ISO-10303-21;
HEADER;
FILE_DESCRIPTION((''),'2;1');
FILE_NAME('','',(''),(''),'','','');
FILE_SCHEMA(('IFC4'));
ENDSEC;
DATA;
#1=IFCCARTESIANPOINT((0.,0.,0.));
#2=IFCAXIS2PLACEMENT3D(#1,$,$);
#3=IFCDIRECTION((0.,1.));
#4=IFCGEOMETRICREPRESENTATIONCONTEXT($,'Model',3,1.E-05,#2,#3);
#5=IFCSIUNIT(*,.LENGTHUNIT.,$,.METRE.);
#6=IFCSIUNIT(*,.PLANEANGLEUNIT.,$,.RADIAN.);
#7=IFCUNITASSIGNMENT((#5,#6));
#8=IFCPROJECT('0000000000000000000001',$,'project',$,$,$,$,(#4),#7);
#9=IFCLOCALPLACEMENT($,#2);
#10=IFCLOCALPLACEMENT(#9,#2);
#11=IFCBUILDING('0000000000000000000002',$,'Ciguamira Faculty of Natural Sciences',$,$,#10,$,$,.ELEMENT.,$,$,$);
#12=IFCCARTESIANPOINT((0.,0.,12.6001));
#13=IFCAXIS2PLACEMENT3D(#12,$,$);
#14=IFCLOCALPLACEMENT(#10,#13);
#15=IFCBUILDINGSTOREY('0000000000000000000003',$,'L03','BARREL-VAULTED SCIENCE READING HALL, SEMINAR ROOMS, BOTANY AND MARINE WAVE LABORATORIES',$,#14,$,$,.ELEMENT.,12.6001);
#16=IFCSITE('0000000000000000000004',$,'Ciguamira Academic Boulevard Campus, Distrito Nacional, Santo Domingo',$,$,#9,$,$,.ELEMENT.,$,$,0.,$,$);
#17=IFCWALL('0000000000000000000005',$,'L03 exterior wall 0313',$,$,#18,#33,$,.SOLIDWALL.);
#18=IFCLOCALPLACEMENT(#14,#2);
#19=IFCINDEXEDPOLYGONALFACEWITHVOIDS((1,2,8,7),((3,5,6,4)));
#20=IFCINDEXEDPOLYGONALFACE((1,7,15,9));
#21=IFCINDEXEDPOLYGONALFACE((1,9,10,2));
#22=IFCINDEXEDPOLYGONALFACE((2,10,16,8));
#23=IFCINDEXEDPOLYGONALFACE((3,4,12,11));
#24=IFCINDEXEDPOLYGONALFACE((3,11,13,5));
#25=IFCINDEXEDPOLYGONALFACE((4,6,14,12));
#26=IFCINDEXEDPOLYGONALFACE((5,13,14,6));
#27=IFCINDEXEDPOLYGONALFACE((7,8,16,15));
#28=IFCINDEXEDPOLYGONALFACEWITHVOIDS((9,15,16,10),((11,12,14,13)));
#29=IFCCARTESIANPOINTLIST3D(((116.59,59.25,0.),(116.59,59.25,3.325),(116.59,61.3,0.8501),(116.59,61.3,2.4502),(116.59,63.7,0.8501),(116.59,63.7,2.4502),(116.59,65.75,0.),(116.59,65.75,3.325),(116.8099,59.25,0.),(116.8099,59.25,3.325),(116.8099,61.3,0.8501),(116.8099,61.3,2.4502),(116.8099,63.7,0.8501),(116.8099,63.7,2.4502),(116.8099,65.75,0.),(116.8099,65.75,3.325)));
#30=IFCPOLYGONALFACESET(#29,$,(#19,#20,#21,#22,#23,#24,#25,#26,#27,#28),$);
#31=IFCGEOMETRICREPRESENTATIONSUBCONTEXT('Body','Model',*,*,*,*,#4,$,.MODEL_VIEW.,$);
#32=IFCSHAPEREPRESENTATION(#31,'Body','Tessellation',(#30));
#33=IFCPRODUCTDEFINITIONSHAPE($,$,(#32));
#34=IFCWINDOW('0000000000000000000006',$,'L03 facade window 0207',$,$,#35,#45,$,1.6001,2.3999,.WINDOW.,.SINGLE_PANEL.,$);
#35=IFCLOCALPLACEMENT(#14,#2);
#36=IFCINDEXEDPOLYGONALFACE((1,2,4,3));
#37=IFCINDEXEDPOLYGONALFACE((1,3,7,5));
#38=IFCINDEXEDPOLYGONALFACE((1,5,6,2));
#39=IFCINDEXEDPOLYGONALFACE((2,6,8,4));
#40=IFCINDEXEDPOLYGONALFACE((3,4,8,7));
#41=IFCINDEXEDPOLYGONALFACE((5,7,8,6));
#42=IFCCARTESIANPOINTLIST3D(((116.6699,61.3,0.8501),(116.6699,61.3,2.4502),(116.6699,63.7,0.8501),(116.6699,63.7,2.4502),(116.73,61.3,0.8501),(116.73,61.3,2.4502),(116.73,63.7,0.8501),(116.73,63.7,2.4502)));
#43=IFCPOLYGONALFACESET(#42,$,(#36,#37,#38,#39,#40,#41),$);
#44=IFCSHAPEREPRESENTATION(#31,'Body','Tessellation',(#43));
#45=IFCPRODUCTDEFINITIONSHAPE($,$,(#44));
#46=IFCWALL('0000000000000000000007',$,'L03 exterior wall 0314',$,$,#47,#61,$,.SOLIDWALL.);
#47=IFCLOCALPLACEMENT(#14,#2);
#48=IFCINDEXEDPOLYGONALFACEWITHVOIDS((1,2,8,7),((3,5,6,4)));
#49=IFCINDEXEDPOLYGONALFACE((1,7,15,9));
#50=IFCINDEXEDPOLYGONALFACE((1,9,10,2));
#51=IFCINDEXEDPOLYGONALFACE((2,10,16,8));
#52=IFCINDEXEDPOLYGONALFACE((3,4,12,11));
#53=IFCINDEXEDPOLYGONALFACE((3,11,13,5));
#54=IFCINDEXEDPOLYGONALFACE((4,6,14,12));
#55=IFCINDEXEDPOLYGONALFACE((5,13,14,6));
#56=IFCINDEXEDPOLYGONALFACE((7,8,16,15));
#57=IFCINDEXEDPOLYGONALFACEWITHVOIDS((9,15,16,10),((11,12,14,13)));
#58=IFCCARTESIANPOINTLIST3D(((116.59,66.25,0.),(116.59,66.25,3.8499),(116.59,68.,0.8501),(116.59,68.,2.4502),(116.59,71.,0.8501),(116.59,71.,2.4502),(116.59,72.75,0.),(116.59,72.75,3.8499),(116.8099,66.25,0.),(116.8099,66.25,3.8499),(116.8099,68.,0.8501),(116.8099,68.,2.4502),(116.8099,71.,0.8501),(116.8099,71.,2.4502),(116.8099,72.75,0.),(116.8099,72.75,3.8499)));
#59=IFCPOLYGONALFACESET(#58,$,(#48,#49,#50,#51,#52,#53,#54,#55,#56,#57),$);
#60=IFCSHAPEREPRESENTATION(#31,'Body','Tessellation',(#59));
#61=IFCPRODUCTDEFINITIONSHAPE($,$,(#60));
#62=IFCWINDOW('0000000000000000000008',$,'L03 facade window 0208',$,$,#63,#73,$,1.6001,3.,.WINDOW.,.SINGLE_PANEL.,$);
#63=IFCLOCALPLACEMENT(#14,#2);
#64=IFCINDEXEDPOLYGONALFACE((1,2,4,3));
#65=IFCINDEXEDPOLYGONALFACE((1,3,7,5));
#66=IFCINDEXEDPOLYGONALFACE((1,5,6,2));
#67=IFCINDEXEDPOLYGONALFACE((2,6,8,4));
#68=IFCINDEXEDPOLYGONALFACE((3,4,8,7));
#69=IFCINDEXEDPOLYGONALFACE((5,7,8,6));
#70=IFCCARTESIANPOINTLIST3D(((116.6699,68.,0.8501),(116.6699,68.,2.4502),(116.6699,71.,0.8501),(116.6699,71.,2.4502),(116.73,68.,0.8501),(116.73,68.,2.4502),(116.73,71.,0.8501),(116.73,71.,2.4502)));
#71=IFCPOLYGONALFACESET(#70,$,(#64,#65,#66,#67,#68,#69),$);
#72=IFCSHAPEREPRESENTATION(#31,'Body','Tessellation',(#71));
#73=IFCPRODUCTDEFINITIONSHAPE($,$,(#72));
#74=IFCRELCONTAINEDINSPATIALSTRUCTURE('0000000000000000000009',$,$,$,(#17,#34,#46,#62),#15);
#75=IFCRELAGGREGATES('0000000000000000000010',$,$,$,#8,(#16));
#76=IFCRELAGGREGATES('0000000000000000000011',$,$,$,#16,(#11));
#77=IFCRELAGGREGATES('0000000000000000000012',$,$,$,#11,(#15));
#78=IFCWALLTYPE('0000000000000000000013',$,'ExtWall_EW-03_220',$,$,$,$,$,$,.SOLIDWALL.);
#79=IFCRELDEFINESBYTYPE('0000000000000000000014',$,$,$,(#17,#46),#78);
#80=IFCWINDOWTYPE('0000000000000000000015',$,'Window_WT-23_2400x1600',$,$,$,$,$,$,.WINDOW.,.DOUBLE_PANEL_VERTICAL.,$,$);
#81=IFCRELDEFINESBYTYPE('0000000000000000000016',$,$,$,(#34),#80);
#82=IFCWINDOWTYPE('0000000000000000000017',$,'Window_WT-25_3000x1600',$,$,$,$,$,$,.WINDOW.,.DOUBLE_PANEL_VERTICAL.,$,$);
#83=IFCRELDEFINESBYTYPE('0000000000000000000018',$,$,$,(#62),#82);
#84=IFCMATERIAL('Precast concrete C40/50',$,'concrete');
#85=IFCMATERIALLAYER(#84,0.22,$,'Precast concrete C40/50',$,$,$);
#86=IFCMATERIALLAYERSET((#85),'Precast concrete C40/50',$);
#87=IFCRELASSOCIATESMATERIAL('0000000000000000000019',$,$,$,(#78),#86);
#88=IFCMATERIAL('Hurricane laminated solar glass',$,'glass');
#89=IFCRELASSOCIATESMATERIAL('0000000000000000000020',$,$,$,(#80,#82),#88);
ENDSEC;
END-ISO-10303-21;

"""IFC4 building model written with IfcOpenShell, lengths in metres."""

from ifc_helpers import new_model, si_unit, direction, frame, frame_2d, origin, place, context, subcontext, project, spatial, rectangle, extrude, material, layer, layer_set, type_object, element, fill, save


model = new_model("IFC4")

# Units and contexts
model_context = context("Model", 3, precision=1e-05, world=origin(), true_north=direction((0.0, 1.0)))
body_context = subcontext(model_context, "Body", "Model", "MODEL_VIEW")
ifc_project = project(units=[si_unit("LENGTHUNIT", "METRE"), si_unit("PLANEANGLEUNIT", "RADIAN")], contexts=[model_context])

# Site, building, storey
site_placement = place(None, origin())
site = spatial("IfcSite", under=ifc_project, at=site_placement, Name="Ciguamira Academic Boulevard Campus, Distrito Nacional, Santo Domingo", CompositionType="ELEMENT", RefElevation=0.0)
building_placement = place(site_placement, origin())
building = spatial("IfcBuilding", under=site, at=building_placement, Name="Ciguamira Faculty of Natural Sciences", CompositionType="ELEMENT")
storey_placement = place(building_placement, frame((0.0, 0.0, 12.6001)))
storey = spatial("IfcBuildingStorey", under=building, at=storey_placement, Name="L03", Description="BARREL-VAULTED SCIENCE READING HALL, SEMINAR ROOMS, BOTANY AND MARINE WAVE LABORATORIES", CompositionType="ELEMENT", Elevation=12.6001)

# Shared definitions
ifc_material_1 = material(Name="Precast concrete C40/50", Category="concrete")

# Walls, openings, windows
ifc_layer_1 = layer(ifc_material_1, 0.22, Name="Precast concrete C40/50")
ifc_layer_set_1 = layer_set([ifc_layer_1], Name="Precast concrete C40/50")
wall_type = type_object("IfcWallType", Name="ExtWall_EW-03_220", PredefinedType="SOLIDWALL", material=ifc_layer_set_1)
ifc_material_2 = material(Name="Hurricane laminated solar glass", Category="glass")
wall_1_placement = place(storey_placement, frame((116.7, 59.25, 0.0), z_axis=(0.0, 0.0, 1.0), x_axis=(0.0, 1.0, 0.0)))
wall_1 = element("IfcWall", 1, at=wall_1_placement, inside=storey, type_object=wall_type, Name="L03 exterior wall 0313", PredefinedType="SOLIDWALL", context=body_context, shape_type="SweptSolid", body=[
    extrude(rectangle(XDim=6.5, YDim=0.22, at=frame_2d((3.25, 0.0))), origin(), (0.0, 0.0, 1.0), 3.325),
])
opening_1_placement = place(wall_1_placement, frame((2.05, 0.0, 0.8501)))
opening_1 = element("IfcOpeningElement", 2, at=opening_1_placement, cuts=wall_1, PredefinedType="OPENING", context=body_context, shape_type="SweptSolid", body=[
    extrude(rectangle(XDim=2.3999, YDim=1.6001, at=frame_2d((1.2, 0.8))), frame((0.0, 0.1199, 0.0), z_axis=(0.0, -1.0, 0.0), x_axis=(1.0, 0.0, 0.0)), (0.0, 0.0, 1.0), 0.24),
])
window_type_1 = type_object("IfcWindowType", Name="Window_WT-23_2400x1600", PartitioningType="DOUBLE_PANEL_VERTICAL", PredefinedType="WINDOW", material=ifc_material_2)
window_1_placement = place(opening_1_placement, origin())
window_1 = element("IfcWindow", 3, at=window_1_placement, inside=storey, type_object=window_type_1, Name="L03 facade window 0207", OverallHeight=1.6001, OverallWidth=2.3999, PartitioningType="SINGLE_PANEL", PredefinedType="WINDOW", context=body_context, shape_type="SweptSolid", body=[
    extrude(rectangle(XDim=2.3999, YDim=1.6001, at=frame_2d((1.2, 0.8))), frame((0.0, 0.03, 0.0), z_axis=(0.0, -1.0, 0.0), x_axis=(1.0, 0.0, 0.0)), (0.0, 0.0, 1.0), 0.0601),
])
fill(opening_1, window_1)
wall_2_placement = place(storey_placement, frame((116.7, 66.25, 0.0), z_axis=(0.0, 0.0, 1.0), x_axis=(0.0, 1.0, 0.0)))
wall_2 = element("IfcWall", 4, at=wall_2_placement, inside=storey, type_object=wall_type, Name="L03 exterior wall 0314", PredefinedType="SOLIDWALL", context=body_context, shape_type="SweptSolid", body=[
    extrude(rectangle(XDim=6.5, YDim=0.22, at=frame_2d((3.25, 0.0))), origin(), (0.0, 0.0, 1.0), 3.8499),
])
opening_2_placement = place(wall_2_placement, frame((1.75, 0.0, 0.8501)))
opening_2 = element("IfcOpeningElement", 5, at=opening_2_placement, cuts=wall_2, PredefinedType="OPENING", context=body_context, shape_type="SweptSolid", body=[
    extrude(rectangle(XDim=3.0, YDim=1.6001, at=frame_2d((1.5, 0.8))), frame((0.0, 0.1199, 0.0), z_axis=(0.0, -1.0, 0.0), x_axis=(1.0, 0.0, 0.0)), (0.0, 0.0, 1.0), 0.24),
])
window_type_2 = type_object("IfcWindowType", Name="Window_WT-25_3000x1600", PartitioningType="DOUBLE_PANEL_VERTICAL", PredefinedType="WINDOW", material=ifc_material_2)
window_2_placement = place(opening_2_placement, origin())
window_2 = element("IfcWindow", 6, at=window_2_placement, inside=storey, type_object=window_type_2, Name="L03 facade window 0208", OverallHeight=1.6001, OverallWidth=3.0, PartitioningType="SINGLE_PANEL", PredefinedType="WINDOW", context=body_context, shape_type="SweptSolid", body=[
    extrude(rectangle(XDim=3.0, YDim=1.6001, at=frame_2d((1.5, 0.8))), frame((0.0, 0.03, 0.0), z_axis=(0.0, -1.0, 0.0), x_axis=(1.0, 0.0, 0.0)), (0.0, 0.0, 1.0), 0.0601),
])
fill(opening_2, window_2)

save(model, "model.ifc")
